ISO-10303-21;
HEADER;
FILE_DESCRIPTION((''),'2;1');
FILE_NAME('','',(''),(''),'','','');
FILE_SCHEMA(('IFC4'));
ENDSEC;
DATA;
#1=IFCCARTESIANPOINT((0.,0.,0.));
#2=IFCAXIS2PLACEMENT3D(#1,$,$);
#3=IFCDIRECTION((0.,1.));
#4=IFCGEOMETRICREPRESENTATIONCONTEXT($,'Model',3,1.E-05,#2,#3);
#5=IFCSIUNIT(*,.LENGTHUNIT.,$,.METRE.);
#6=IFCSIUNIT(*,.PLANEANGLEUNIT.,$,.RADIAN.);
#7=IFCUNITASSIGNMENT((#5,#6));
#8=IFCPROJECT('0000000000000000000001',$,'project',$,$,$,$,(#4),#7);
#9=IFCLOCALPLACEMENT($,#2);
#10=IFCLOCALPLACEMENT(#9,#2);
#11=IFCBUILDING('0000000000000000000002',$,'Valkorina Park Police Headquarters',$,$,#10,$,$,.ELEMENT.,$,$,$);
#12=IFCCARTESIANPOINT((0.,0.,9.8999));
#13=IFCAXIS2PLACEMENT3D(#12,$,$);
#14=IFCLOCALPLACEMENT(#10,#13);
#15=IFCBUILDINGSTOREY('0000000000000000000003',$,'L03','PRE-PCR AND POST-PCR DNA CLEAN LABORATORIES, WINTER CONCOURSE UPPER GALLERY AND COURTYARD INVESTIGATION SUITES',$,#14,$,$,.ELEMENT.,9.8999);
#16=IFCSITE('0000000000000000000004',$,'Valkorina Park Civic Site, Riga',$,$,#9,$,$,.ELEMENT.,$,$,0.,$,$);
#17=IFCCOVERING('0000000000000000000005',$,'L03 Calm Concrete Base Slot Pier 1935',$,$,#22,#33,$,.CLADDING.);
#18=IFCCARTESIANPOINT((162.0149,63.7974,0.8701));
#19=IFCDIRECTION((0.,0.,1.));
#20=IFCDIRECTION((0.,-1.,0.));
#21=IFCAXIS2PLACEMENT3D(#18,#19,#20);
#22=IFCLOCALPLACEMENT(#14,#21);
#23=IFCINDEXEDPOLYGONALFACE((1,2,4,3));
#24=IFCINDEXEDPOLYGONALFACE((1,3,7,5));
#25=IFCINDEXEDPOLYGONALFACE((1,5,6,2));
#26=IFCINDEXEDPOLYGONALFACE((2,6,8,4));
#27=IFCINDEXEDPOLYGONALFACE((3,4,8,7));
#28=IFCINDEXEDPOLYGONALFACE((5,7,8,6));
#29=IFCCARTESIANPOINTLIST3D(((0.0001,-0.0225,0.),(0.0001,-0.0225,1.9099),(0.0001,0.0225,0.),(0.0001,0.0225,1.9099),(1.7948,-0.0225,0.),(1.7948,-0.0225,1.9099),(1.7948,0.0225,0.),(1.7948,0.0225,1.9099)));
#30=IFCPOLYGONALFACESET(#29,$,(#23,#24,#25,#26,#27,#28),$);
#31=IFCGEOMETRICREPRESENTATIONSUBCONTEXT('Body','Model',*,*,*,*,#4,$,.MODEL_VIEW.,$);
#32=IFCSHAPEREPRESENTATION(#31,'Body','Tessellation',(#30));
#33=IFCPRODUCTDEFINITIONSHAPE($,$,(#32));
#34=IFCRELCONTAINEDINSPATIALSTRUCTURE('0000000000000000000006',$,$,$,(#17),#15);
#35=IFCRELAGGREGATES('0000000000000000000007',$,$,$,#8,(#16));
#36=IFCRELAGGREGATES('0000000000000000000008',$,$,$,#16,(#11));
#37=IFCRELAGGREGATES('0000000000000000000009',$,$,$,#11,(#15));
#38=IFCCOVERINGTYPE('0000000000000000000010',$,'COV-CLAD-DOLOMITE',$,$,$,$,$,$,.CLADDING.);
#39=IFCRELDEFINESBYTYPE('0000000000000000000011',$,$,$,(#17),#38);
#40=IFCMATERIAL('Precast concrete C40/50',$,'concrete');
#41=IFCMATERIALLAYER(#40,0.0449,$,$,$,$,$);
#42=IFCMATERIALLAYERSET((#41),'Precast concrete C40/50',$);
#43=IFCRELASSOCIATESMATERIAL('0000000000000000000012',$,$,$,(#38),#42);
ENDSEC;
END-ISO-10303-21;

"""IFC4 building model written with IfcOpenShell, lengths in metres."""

from ifc_helpers import new_model, si_unit, direction, frame, frame_2d, origin, place, context, subcontext, project, spatial, rectangle, extrude, material, layer, layer_set, type_object, element, save


model = new_model("IFC4")

# Units and contexts
model_context = context("Model", 3, precision=1e-05, world=origin(), true_north=direction((0.0, 1.0)))
body_context = subcontext(model_context, "Body", "Model", "MODEL_VIEW")
ifc_project = project(units=[si_unit("LENGTHUNIT", "METRE"), si_unit("PLANEANGLEUNIT", "RADIAN")], contexts=[model_context])

# Site, building, storey
site_placement = place(None, origin())
site = spatial("IfcSite", under=ifc_project, at=site_placement, Name="Valkorina Park Civic Site, Riga", CompositionType="ELEMENT", RefElevation=0.0)
building_placement = place(site_placement, origin())
building = spatial("IfcBuilding", under=site, at=building_placement, Name="Valkorina Park Police Headquarters", CompositionType="ELEMENT")
storey_placement = place(building_placement, frame((0.0, 0.0, 9.8999)))
storey = spatial("IfcBuildingStorey", under=building, at=storey_placement, Name="L03", Description="PRE-PCR AND POST-PCR DNA CLEAN LABORATORIES, WINTER CONCOURSE UPPER GALLERY AND COURTYARD INVESTIGATION SUITES", CompositionType="ELEMENT", Elevation=9.8999)

# Shared definitions
ifc_material_1 = material(Name="Precast concrete C40/50", Category="concrete")

# Covering
ifc_layer_1 = layer(ifc_material_1, 0.0449)
ifc_layer_set_1 = layer_set([ifc_layer_1], Name="Precast concrete C40/50")
covering_type = type_object("IfcCoveringType", Name="COV-CLAD-DOLOMITE", PredefinedType="CLADDING", material=ifc_layer_set_1)
covering_1_placement = place(storey_placement, frame((162.0149, 63.7974, 0.8701), z_axis=(0.0, 0.0, 1.0), x_axis=(0.0, -1.0, 0.0)))
element("IfcCovering", 1, at=covering_1_placement, inside=storey, type_object=covering_type, Name="L03 Calm Concrete Base Slot Pier 1935", PredefinedType="CLADDING", context=body_context, shape_type="SweptSolid", body=[
    extrude(rectangle(XDim=1.7947, YDim=0.0449, at=frame_2d((0.8975, 0.0))), origin(), (0.0, 0.0, 1.0), 1.9099),
])

save(model, "model.ifc")
